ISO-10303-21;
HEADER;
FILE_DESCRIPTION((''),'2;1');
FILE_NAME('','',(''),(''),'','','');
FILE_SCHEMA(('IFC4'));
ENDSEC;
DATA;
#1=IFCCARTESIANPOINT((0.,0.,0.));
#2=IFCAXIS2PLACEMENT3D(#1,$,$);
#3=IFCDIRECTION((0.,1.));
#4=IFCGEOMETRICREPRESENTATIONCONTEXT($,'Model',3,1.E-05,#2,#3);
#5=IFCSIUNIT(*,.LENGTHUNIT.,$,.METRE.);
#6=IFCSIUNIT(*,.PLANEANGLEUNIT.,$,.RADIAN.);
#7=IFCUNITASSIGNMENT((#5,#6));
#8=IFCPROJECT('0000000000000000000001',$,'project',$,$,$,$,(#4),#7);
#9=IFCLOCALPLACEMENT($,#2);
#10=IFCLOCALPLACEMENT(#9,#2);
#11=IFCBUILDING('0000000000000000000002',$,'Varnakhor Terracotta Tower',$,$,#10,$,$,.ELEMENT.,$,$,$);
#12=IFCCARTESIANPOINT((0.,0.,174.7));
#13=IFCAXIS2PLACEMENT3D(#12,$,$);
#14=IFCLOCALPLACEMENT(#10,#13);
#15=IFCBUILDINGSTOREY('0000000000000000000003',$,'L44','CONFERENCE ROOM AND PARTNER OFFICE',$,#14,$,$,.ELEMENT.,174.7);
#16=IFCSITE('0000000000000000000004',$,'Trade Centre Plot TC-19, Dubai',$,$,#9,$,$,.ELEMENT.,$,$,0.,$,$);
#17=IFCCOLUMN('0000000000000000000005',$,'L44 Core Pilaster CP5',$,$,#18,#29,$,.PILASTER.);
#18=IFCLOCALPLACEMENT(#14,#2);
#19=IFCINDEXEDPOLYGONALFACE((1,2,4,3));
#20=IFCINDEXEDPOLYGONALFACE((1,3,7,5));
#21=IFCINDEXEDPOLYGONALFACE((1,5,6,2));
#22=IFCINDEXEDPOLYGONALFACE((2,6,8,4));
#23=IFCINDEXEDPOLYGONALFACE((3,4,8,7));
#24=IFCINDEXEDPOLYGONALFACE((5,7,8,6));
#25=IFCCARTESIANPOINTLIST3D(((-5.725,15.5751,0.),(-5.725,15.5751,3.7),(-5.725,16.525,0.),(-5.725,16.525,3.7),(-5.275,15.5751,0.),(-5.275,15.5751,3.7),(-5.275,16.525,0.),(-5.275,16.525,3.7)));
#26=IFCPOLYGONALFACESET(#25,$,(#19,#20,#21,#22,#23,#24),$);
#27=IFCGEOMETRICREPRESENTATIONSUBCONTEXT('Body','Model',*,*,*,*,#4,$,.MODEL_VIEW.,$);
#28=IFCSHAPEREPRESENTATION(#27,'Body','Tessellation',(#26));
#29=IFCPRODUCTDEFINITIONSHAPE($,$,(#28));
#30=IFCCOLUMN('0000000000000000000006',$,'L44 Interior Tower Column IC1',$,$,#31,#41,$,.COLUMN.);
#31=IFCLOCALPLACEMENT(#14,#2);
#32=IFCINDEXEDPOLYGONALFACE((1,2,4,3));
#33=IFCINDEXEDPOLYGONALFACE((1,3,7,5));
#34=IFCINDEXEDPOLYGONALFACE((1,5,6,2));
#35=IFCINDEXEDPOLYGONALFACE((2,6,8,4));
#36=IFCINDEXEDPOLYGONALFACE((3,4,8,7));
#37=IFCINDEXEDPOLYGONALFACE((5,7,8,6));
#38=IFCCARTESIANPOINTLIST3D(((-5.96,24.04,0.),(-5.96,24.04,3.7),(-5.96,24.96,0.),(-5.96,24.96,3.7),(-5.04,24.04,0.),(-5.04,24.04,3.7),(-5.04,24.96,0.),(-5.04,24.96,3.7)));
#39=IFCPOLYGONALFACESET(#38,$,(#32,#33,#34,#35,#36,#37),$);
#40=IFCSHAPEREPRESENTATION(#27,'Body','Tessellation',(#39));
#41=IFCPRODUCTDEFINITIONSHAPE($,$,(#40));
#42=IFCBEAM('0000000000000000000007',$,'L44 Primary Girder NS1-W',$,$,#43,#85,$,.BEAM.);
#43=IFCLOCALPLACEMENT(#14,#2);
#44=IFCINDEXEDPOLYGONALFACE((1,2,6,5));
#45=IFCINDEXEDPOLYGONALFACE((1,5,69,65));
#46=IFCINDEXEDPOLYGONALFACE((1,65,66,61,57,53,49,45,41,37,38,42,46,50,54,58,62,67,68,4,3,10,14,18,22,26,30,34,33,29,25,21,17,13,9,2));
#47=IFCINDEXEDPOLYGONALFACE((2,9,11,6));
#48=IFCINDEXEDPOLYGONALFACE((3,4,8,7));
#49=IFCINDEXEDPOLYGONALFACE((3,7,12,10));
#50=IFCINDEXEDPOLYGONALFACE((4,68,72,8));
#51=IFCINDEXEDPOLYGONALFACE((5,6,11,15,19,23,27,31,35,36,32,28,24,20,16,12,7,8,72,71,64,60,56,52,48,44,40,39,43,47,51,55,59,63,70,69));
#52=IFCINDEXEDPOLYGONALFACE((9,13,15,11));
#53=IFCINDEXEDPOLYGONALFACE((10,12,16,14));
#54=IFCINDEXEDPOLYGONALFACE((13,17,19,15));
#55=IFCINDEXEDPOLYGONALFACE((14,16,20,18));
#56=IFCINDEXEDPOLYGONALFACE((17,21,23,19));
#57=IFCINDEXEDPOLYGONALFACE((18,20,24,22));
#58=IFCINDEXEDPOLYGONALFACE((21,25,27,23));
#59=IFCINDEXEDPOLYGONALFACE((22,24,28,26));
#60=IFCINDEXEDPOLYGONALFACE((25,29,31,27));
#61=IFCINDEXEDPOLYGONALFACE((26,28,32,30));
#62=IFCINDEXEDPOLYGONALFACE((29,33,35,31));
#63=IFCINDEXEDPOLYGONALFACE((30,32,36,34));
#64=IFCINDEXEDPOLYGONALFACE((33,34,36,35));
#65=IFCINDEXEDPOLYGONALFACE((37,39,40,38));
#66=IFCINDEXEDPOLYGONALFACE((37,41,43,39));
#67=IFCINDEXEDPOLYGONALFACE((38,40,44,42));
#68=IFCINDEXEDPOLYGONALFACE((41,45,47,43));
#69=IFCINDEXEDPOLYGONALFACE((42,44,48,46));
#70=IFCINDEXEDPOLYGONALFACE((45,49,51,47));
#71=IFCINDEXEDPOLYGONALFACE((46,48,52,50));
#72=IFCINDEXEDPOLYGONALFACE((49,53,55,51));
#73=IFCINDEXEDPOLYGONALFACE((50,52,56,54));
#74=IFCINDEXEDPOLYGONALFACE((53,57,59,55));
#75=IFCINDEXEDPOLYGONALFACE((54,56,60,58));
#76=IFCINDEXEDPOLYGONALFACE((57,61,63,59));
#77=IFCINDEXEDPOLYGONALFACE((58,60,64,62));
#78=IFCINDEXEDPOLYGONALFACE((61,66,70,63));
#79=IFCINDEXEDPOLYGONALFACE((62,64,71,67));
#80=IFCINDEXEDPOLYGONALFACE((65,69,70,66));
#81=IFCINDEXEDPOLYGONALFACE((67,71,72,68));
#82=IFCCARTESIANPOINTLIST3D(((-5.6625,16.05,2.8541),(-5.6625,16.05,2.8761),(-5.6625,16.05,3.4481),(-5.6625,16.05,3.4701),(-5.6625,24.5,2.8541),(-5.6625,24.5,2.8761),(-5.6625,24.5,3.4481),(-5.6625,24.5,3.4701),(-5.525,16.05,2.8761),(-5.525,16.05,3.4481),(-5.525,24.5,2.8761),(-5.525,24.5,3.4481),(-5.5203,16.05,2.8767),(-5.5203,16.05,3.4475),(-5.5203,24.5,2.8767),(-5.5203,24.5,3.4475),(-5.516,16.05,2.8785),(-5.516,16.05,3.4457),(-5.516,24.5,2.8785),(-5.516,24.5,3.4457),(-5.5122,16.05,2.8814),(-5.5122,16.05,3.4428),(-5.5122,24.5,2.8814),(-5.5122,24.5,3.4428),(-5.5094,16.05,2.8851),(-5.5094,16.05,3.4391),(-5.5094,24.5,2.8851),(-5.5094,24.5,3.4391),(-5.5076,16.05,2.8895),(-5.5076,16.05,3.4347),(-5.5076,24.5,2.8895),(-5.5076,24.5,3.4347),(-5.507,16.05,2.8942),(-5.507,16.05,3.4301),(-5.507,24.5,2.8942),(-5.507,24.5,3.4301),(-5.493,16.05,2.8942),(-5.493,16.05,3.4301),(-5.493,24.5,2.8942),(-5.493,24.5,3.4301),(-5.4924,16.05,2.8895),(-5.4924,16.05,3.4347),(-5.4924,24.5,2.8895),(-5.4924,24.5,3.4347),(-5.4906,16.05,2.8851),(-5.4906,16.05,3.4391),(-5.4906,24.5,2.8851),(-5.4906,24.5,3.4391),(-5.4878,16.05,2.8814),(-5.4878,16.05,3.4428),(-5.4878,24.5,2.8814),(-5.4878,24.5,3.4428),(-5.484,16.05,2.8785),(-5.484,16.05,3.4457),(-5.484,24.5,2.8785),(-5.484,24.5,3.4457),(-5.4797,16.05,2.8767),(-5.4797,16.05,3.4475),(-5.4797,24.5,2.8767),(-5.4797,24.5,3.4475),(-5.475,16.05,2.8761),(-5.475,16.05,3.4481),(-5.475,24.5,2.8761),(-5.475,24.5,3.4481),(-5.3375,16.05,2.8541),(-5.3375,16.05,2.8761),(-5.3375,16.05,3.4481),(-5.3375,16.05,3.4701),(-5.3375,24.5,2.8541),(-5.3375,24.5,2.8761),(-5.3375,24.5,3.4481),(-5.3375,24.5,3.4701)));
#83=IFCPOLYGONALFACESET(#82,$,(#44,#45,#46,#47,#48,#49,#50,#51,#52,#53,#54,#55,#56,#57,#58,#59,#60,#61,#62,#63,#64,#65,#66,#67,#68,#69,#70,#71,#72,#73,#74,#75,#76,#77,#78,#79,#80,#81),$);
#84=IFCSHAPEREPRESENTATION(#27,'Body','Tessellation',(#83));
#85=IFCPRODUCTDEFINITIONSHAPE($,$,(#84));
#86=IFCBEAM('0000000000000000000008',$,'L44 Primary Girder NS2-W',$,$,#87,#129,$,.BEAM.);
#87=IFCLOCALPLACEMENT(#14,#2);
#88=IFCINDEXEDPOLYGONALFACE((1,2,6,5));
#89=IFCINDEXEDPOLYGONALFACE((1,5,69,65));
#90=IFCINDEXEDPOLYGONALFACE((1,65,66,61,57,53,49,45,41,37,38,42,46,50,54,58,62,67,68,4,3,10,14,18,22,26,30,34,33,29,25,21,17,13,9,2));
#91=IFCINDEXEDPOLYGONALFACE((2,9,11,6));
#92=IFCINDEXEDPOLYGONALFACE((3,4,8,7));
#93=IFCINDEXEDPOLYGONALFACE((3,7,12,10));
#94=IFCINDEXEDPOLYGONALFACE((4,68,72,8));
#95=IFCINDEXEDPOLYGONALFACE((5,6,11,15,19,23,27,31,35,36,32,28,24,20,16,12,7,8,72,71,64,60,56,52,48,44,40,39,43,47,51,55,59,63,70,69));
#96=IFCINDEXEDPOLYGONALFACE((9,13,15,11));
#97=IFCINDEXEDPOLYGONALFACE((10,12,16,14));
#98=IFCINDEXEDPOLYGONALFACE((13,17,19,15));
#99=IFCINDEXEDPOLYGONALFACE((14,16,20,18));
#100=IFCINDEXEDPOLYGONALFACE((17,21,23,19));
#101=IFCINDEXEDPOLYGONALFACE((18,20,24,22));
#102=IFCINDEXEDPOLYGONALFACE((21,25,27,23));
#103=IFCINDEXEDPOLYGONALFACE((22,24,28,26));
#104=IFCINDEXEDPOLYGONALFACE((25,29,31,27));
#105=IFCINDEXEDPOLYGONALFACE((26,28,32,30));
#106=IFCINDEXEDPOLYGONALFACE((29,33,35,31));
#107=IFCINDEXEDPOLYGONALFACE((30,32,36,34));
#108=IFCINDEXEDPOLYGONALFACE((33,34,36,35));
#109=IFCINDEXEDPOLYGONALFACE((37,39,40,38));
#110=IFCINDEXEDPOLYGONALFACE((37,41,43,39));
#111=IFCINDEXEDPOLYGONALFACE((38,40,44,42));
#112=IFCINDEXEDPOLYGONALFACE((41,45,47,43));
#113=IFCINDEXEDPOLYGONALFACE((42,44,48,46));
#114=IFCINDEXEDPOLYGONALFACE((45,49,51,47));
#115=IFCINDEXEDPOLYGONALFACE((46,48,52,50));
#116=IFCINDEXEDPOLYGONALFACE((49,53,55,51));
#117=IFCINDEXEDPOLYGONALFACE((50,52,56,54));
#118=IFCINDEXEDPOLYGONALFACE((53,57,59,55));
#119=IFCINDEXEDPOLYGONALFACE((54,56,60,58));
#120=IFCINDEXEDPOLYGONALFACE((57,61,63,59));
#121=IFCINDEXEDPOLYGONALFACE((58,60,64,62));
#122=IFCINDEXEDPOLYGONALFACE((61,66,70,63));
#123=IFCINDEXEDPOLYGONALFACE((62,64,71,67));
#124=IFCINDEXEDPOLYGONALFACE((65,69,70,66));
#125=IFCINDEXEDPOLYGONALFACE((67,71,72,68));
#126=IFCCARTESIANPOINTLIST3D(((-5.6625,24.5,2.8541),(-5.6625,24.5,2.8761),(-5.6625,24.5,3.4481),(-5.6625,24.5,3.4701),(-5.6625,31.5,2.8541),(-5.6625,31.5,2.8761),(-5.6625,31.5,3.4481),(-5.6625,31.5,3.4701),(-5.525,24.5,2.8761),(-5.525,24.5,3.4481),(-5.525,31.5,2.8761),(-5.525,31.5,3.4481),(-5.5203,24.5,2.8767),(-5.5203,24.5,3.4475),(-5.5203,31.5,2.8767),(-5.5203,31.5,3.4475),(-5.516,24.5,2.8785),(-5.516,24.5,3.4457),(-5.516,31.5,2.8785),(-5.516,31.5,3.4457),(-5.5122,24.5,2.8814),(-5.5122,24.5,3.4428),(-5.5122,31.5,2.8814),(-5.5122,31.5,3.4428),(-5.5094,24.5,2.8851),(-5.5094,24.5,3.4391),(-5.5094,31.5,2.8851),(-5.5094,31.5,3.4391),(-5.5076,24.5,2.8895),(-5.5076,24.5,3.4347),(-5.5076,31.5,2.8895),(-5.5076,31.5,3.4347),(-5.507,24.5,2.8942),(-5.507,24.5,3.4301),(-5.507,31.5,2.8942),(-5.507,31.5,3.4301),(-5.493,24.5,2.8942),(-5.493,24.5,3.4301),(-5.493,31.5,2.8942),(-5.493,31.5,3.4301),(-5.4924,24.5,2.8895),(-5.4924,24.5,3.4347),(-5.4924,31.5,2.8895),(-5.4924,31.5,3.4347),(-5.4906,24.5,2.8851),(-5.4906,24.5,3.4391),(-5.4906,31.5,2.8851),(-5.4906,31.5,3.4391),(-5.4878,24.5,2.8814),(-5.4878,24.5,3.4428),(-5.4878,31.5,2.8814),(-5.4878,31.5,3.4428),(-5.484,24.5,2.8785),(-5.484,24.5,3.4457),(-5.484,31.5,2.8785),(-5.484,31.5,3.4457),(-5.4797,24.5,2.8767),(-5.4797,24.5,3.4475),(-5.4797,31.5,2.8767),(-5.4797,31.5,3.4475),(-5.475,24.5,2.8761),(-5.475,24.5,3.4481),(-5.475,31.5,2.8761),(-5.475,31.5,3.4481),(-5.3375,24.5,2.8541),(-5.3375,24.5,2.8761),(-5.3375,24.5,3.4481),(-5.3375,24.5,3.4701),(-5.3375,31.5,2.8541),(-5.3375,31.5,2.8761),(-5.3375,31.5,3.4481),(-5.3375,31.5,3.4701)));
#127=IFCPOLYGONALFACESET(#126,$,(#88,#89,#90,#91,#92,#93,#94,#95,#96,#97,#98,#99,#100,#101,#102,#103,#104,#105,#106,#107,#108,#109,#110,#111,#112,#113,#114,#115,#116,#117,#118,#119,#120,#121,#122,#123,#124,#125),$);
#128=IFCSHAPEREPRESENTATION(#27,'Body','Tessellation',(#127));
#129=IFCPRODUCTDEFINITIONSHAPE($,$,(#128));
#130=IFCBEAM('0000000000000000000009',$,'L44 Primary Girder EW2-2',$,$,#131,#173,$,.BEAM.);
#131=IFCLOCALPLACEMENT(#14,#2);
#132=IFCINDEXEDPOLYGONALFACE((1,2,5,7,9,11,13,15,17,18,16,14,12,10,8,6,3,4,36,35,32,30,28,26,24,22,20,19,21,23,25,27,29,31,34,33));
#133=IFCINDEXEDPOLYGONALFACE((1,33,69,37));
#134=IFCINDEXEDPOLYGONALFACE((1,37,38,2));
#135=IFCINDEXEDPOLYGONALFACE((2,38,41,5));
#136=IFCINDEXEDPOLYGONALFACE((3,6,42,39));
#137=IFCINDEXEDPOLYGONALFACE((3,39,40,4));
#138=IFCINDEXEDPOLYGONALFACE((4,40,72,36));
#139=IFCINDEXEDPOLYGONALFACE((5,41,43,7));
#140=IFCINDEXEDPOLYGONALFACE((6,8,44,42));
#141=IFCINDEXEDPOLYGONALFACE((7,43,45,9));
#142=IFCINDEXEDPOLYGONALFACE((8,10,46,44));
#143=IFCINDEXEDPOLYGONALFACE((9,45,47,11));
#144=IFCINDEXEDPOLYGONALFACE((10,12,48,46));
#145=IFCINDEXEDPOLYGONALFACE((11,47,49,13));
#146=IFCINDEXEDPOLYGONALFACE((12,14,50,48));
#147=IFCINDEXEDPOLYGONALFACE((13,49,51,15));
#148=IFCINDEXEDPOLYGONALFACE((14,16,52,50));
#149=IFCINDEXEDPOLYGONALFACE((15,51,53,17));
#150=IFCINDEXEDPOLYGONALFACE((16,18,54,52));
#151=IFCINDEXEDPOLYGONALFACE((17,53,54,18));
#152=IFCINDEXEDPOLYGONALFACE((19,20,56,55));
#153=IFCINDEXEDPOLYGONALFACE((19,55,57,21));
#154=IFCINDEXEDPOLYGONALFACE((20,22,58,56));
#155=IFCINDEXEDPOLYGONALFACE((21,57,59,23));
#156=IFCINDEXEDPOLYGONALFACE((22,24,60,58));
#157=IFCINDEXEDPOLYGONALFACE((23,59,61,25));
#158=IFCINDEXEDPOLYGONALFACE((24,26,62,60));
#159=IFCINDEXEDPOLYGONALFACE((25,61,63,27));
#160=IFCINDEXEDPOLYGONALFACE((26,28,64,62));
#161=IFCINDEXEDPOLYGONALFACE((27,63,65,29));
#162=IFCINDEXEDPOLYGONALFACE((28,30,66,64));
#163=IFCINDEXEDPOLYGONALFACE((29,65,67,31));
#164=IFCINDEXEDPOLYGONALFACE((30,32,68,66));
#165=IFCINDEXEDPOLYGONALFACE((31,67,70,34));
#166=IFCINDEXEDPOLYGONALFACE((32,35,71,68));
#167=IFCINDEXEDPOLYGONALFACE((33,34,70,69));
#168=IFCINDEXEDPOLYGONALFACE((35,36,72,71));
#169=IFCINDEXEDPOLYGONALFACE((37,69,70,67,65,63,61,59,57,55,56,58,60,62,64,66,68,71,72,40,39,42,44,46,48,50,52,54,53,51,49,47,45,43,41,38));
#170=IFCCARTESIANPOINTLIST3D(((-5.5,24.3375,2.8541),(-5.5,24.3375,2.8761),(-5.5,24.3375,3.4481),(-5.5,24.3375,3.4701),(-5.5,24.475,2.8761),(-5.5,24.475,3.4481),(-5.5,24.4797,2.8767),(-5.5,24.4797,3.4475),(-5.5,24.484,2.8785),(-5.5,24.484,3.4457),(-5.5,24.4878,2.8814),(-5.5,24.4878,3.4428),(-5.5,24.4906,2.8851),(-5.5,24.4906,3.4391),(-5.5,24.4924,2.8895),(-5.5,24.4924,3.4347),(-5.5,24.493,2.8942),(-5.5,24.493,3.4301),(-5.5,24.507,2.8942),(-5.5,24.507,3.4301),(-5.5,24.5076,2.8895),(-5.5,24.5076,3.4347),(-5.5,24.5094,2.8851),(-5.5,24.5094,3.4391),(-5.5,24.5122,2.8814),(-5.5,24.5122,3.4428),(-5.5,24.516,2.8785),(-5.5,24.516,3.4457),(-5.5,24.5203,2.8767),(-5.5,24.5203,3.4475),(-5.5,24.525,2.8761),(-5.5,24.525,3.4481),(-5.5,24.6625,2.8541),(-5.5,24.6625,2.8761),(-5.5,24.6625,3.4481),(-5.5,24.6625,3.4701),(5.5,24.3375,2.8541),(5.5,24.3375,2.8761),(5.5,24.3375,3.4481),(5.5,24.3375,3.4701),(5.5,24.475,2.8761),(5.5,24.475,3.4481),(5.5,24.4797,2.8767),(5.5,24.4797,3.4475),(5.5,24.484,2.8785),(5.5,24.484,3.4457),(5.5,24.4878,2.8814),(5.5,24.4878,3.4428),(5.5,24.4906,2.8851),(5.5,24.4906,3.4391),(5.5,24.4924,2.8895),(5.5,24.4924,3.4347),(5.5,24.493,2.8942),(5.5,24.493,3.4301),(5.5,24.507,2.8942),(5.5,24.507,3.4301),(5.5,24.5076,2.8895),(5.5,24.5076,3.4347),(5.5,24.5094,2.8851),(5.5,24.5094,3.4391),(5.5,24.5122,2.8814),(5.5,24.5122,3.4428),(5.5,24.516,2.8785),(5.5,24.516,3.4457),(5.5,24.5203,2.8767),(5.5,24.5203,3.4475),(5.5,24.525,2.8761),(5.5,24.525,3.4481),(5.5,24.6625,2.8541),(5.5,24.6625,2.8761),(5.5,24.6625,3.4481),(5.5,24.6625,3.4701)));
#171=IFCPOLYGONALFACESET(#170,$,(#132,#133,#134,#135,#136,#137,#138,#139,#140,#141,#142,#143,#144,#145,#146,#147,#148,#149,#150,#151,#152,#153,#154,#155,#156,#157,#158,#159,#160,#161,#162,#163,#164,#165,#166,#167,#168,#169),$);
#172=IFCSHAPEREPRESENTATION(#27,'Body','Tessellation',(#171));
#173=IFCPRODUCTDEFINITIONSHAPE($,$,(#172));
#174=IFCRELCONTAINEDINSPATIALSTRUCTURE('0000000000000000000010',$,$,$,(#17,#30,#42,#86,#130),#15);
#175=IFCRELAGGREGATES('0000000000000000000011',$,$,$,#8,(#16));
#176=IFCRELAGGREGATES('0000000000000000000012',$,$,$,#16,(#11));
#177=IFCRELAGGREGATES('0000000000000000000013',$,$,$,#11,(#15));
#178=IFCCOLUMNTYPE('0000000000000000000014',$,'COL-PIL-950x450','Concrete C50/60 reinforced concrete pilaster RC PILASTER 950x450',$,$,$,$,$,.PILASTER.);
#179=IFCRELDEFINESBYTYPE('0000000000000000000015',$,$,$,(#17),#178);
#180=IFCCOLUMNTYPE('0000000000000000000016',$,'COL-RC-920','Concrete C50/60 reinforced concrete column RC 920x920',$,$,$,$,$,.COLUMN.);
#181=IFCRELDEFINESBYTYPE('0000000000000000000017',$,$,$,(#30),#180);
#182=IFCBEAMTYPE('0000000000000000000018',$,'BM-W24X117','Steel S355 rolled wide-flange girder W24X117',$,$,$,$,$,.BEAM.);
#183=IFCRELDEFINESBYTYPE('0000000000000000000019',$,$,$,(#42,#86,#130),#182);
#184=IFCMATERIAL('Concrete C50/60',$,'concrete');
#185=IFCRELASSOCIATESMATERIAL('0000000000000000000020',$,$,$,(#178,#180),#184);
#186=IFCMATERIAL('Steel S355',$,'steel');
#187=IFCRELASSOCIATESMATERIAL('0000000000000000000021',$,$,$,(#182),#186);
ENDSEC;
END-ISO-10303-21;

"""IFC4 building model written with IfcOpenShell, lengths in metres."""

from ifc_helpers import new_model, si_unit, direction, frame, origin, origin_2d, place, context, subcontext, project, spatial, rectangle, i_section, extrude, source, transform, mapped, material, material_profile, profile_set, type_object, type_shapes, element, save


model = new_model("IFC4")

# Units and contexts
model_context = context("Model", 3, precision=1e-05, world=origin(), true_north=direction((0.0, 1.0)))
body_context = subcontext(model_context, "Body", "Model", "MODEL_VIEW")
ifc_project = project(units=[si_unit("LENGTHUNIT", "METRE"), si_unit("PLANEANGLEUNIT", "RADIAN")], contexts=[model_context])

# Site, building, storey
site_placement = place(None, origin())
site = spatial("IfcSite", under=ifc_project, at=site_placement, Name="Trade Centre Plot TC-19, Dubai", CompositionType="ELEMENT", RefElevation=0.0)
building_placement = place(site_placement, origin())
building = spatial("IfcBuilding", under=site, at=building_placement, Name="Varnakhor Terracotta Tower", CompositionType="ELEMENT")
storey_placement = place(building_placement, frame((0.0, 0.0, 174.7)))
storey = spatial("IfcBuildingStorey", under=building, at=storey_placement, Name="L44", Description="CONFERENCE ROOM AND PARTNER OFFICE", CompositionType="ELEMENT", Elevation=174.7)

# Columns
ifc_material_1 = material(Name="Concrete C50/60", Category="concrete")
ifc_material_profile_1 = material_profile(ifc_material_1, rectangle(XDim=0.45, YDim=0.95, at=origin_2d()), Name="RC PILASTER 950x450")
ifc_profile_set_1 = profile_set([ifc_material_profile_1], Name="Concrete C50/60")
column_type_1 = type_object("IfcColumnType", Name="COL-PIL-950x450", Description="Concrete C50/60 reinforced concrete pilaster RC PILASTER 950x450", PredefinedType="PILASTER", material=ifc_profile_set_1)
shared_shape_1 = source(origin(), body_context, "Body", "SweptSolid", [
    extrude(rectangle(XDim=0.45, YDim=0.95, at=origin_2d()), origin(), (0.0, 0.0, 1.0), 3.7),
])
column_1_placement = place(storey_placement, frame((-5.5, 16.05, 0.0), z_axis=(0.0, 0.0, 1.0), x_axis=(1.0, 0.0, 0.0)))
element("IfcColumn", 1, at=column_1_placement, inside=storey, type_object=column_type_1, Name="L44 Core Pilaster CP5", PredefinedType="PILASTER", context=body_context, shape_type="MappedRepresentation", body=[
    mapped(shared_shape_1, transform((0.0, 0.0, 0.0), scale=1.0)),
])
ifc_material_profile_2 = material_profile(ifc_material_1, rectangle(XDim=0.9199, YDim=0.9199, at=origin_2d()), Name="RC 920x920")
ifc_profile_set_2 = profile_set([ifc_material_profile_2], Name="Concrete C50/60")
column_type_2 = type_object("IfcColumnType", Name="COL-RC-920", Description="Concrete C50/60 reinforced concrete column RC 920x920", PredefinedType="COLUMN", material=ifc_profile_set_2)
shared_shape_2 = source(origin(), body_context, "Body", "SweptSolid", [
    extrude(rectangle(XDim=0.9199, YDim=0.9199, at=origin_2d()), origin(), (0.0, 0.0, 1.0), 3.7),
])
column_2_placement = place(storey_placement, frame((-5.5, 24.5, 0.0), z_axis=(0.0, 0.0, 1.0), x_axis=(1.0, 0.0, 0.0)))
element("IfcColumn", 2, at=column_2_placement, inside=storey, type_object=column_type_2, Name="L44 Interior Tower Column IC1", PredefinedType="COLUMN", context=body_context, shape_type="MappedRepresentation", body=[
    mapped(shared_shape_2, transform((0.0, 0.0, 0.0), scale=1.0)),
])

# Beams
ifc_material_2 = material(Name="Steel S355", Category="steel")
ifc_material_profile_3 = material_profile(ifc_material_2, i_section(OverallWidth=0.325, OverallDepth=0.616, WebThickness=0.0139, FlangeThickness=0.022, FilletRadius=0.0181, at=origin_2d()), Name="W24X117")
ifc_profile_set_3 = profile_set([ifc_material_profile_3], Name="Steel S355")
beam_type_1 = type_object("IfcBeamType", Name="BM-W24X117", Description="Steel S355 rolled wide-flange girder W24X117", PredefinedType="BEAM", material=ifc_profile_set_3)
shared_shape_3 = source(origin(), body_context, "Body", "SweptSolid", [
    extrude(i_section(OverallWidth=0.325, OverallDepth=0.616, WebThickness=0.0139, FlangeThickness=0.022, FilletRadius=0.0181, at=origin_2d()), origin(), (0.0, 0.0, 1.0), 8.45),
])
type_shapes(beam_type_1, [shared_shape_3])
beam_1_placement = place(storey_placement, frame((-5.5, 16.05, 3.1621), z_axis=(0.0, 1.0, 0.0), x_axis=(-1.0, 0.0, 0.0)))
element("IfcBeam", 3, at=beam_1_placement, inside=storey, type_object=beam_type_1, Name="L44 Primary Girder NS1-W", PredefinedType="BEAM", context=body_context, shape_type="MappedRepresentation", body=[
    mapped(shared_shape_3, transform((0.0, 0.0, 0.0), scale=1.0)),
])
shared_shape_4 = source(origin(), body_context, "Body", "SweptSolid", [
    extrude(i_section(OverallWidth=0.325, OverallDepth=0.616, WebThickness=0.0139, FlangeThickness=0.022, FilletRadius=0.0181, at=origin_2d()), origin(), (0.0, 0.0, 1.0), 7.0),
])
beam_2_placement = place(storey_placement, frame((-5.5, 24.5, 3.1621), z_axis=(0.0, 1.0, 0.0), x_axis=(-1.0, 0.0, 0.0)))
element("IfcBeam", 4, at=beam_2_placement, inside=storey, type_object=beam_type_1, Name="L44 Primary Girder NS2-W", PredefinedType="BEAM", context=body_context, shape_type="MappedRepresentation", body=[
    mapped(shared_shape_4, transform((0.0, 0.0, 0.0), scale=1.0)),
])
shared_shape_5 = source(origin(), body_context, "Body", "SweptSolid", [
    extrude(i_section(OverallWidth=0.325, OverallDepth=0.616, WebThickness=0.0139, FlangeThickness=0.022, FilletRadius=0.0181, at=origin_2d()), origin(), (0.0, 0.0, 1.0), 11.0),
])
beam_3_placement = place(storey_placement, frame((-5.5, 24.5, 3.1621), z_axis=(1.0, 0.0, 0.0), x_axis=(0.0, 1.0, 0.0)))
element("IfcBeam", 5, at=beam_3_placement, inside=storey, type_object=beam_type_1, Name="L44 Primary Girder EW2-2", PredefinedType="BEAM", context=body_context, shape_type="MappedRepresentation", body=[
    mapped(shared_shape_5, transform((0.0, 0.0, 0.0), scale=1.0)),
])

save(model, "model.ifc")
